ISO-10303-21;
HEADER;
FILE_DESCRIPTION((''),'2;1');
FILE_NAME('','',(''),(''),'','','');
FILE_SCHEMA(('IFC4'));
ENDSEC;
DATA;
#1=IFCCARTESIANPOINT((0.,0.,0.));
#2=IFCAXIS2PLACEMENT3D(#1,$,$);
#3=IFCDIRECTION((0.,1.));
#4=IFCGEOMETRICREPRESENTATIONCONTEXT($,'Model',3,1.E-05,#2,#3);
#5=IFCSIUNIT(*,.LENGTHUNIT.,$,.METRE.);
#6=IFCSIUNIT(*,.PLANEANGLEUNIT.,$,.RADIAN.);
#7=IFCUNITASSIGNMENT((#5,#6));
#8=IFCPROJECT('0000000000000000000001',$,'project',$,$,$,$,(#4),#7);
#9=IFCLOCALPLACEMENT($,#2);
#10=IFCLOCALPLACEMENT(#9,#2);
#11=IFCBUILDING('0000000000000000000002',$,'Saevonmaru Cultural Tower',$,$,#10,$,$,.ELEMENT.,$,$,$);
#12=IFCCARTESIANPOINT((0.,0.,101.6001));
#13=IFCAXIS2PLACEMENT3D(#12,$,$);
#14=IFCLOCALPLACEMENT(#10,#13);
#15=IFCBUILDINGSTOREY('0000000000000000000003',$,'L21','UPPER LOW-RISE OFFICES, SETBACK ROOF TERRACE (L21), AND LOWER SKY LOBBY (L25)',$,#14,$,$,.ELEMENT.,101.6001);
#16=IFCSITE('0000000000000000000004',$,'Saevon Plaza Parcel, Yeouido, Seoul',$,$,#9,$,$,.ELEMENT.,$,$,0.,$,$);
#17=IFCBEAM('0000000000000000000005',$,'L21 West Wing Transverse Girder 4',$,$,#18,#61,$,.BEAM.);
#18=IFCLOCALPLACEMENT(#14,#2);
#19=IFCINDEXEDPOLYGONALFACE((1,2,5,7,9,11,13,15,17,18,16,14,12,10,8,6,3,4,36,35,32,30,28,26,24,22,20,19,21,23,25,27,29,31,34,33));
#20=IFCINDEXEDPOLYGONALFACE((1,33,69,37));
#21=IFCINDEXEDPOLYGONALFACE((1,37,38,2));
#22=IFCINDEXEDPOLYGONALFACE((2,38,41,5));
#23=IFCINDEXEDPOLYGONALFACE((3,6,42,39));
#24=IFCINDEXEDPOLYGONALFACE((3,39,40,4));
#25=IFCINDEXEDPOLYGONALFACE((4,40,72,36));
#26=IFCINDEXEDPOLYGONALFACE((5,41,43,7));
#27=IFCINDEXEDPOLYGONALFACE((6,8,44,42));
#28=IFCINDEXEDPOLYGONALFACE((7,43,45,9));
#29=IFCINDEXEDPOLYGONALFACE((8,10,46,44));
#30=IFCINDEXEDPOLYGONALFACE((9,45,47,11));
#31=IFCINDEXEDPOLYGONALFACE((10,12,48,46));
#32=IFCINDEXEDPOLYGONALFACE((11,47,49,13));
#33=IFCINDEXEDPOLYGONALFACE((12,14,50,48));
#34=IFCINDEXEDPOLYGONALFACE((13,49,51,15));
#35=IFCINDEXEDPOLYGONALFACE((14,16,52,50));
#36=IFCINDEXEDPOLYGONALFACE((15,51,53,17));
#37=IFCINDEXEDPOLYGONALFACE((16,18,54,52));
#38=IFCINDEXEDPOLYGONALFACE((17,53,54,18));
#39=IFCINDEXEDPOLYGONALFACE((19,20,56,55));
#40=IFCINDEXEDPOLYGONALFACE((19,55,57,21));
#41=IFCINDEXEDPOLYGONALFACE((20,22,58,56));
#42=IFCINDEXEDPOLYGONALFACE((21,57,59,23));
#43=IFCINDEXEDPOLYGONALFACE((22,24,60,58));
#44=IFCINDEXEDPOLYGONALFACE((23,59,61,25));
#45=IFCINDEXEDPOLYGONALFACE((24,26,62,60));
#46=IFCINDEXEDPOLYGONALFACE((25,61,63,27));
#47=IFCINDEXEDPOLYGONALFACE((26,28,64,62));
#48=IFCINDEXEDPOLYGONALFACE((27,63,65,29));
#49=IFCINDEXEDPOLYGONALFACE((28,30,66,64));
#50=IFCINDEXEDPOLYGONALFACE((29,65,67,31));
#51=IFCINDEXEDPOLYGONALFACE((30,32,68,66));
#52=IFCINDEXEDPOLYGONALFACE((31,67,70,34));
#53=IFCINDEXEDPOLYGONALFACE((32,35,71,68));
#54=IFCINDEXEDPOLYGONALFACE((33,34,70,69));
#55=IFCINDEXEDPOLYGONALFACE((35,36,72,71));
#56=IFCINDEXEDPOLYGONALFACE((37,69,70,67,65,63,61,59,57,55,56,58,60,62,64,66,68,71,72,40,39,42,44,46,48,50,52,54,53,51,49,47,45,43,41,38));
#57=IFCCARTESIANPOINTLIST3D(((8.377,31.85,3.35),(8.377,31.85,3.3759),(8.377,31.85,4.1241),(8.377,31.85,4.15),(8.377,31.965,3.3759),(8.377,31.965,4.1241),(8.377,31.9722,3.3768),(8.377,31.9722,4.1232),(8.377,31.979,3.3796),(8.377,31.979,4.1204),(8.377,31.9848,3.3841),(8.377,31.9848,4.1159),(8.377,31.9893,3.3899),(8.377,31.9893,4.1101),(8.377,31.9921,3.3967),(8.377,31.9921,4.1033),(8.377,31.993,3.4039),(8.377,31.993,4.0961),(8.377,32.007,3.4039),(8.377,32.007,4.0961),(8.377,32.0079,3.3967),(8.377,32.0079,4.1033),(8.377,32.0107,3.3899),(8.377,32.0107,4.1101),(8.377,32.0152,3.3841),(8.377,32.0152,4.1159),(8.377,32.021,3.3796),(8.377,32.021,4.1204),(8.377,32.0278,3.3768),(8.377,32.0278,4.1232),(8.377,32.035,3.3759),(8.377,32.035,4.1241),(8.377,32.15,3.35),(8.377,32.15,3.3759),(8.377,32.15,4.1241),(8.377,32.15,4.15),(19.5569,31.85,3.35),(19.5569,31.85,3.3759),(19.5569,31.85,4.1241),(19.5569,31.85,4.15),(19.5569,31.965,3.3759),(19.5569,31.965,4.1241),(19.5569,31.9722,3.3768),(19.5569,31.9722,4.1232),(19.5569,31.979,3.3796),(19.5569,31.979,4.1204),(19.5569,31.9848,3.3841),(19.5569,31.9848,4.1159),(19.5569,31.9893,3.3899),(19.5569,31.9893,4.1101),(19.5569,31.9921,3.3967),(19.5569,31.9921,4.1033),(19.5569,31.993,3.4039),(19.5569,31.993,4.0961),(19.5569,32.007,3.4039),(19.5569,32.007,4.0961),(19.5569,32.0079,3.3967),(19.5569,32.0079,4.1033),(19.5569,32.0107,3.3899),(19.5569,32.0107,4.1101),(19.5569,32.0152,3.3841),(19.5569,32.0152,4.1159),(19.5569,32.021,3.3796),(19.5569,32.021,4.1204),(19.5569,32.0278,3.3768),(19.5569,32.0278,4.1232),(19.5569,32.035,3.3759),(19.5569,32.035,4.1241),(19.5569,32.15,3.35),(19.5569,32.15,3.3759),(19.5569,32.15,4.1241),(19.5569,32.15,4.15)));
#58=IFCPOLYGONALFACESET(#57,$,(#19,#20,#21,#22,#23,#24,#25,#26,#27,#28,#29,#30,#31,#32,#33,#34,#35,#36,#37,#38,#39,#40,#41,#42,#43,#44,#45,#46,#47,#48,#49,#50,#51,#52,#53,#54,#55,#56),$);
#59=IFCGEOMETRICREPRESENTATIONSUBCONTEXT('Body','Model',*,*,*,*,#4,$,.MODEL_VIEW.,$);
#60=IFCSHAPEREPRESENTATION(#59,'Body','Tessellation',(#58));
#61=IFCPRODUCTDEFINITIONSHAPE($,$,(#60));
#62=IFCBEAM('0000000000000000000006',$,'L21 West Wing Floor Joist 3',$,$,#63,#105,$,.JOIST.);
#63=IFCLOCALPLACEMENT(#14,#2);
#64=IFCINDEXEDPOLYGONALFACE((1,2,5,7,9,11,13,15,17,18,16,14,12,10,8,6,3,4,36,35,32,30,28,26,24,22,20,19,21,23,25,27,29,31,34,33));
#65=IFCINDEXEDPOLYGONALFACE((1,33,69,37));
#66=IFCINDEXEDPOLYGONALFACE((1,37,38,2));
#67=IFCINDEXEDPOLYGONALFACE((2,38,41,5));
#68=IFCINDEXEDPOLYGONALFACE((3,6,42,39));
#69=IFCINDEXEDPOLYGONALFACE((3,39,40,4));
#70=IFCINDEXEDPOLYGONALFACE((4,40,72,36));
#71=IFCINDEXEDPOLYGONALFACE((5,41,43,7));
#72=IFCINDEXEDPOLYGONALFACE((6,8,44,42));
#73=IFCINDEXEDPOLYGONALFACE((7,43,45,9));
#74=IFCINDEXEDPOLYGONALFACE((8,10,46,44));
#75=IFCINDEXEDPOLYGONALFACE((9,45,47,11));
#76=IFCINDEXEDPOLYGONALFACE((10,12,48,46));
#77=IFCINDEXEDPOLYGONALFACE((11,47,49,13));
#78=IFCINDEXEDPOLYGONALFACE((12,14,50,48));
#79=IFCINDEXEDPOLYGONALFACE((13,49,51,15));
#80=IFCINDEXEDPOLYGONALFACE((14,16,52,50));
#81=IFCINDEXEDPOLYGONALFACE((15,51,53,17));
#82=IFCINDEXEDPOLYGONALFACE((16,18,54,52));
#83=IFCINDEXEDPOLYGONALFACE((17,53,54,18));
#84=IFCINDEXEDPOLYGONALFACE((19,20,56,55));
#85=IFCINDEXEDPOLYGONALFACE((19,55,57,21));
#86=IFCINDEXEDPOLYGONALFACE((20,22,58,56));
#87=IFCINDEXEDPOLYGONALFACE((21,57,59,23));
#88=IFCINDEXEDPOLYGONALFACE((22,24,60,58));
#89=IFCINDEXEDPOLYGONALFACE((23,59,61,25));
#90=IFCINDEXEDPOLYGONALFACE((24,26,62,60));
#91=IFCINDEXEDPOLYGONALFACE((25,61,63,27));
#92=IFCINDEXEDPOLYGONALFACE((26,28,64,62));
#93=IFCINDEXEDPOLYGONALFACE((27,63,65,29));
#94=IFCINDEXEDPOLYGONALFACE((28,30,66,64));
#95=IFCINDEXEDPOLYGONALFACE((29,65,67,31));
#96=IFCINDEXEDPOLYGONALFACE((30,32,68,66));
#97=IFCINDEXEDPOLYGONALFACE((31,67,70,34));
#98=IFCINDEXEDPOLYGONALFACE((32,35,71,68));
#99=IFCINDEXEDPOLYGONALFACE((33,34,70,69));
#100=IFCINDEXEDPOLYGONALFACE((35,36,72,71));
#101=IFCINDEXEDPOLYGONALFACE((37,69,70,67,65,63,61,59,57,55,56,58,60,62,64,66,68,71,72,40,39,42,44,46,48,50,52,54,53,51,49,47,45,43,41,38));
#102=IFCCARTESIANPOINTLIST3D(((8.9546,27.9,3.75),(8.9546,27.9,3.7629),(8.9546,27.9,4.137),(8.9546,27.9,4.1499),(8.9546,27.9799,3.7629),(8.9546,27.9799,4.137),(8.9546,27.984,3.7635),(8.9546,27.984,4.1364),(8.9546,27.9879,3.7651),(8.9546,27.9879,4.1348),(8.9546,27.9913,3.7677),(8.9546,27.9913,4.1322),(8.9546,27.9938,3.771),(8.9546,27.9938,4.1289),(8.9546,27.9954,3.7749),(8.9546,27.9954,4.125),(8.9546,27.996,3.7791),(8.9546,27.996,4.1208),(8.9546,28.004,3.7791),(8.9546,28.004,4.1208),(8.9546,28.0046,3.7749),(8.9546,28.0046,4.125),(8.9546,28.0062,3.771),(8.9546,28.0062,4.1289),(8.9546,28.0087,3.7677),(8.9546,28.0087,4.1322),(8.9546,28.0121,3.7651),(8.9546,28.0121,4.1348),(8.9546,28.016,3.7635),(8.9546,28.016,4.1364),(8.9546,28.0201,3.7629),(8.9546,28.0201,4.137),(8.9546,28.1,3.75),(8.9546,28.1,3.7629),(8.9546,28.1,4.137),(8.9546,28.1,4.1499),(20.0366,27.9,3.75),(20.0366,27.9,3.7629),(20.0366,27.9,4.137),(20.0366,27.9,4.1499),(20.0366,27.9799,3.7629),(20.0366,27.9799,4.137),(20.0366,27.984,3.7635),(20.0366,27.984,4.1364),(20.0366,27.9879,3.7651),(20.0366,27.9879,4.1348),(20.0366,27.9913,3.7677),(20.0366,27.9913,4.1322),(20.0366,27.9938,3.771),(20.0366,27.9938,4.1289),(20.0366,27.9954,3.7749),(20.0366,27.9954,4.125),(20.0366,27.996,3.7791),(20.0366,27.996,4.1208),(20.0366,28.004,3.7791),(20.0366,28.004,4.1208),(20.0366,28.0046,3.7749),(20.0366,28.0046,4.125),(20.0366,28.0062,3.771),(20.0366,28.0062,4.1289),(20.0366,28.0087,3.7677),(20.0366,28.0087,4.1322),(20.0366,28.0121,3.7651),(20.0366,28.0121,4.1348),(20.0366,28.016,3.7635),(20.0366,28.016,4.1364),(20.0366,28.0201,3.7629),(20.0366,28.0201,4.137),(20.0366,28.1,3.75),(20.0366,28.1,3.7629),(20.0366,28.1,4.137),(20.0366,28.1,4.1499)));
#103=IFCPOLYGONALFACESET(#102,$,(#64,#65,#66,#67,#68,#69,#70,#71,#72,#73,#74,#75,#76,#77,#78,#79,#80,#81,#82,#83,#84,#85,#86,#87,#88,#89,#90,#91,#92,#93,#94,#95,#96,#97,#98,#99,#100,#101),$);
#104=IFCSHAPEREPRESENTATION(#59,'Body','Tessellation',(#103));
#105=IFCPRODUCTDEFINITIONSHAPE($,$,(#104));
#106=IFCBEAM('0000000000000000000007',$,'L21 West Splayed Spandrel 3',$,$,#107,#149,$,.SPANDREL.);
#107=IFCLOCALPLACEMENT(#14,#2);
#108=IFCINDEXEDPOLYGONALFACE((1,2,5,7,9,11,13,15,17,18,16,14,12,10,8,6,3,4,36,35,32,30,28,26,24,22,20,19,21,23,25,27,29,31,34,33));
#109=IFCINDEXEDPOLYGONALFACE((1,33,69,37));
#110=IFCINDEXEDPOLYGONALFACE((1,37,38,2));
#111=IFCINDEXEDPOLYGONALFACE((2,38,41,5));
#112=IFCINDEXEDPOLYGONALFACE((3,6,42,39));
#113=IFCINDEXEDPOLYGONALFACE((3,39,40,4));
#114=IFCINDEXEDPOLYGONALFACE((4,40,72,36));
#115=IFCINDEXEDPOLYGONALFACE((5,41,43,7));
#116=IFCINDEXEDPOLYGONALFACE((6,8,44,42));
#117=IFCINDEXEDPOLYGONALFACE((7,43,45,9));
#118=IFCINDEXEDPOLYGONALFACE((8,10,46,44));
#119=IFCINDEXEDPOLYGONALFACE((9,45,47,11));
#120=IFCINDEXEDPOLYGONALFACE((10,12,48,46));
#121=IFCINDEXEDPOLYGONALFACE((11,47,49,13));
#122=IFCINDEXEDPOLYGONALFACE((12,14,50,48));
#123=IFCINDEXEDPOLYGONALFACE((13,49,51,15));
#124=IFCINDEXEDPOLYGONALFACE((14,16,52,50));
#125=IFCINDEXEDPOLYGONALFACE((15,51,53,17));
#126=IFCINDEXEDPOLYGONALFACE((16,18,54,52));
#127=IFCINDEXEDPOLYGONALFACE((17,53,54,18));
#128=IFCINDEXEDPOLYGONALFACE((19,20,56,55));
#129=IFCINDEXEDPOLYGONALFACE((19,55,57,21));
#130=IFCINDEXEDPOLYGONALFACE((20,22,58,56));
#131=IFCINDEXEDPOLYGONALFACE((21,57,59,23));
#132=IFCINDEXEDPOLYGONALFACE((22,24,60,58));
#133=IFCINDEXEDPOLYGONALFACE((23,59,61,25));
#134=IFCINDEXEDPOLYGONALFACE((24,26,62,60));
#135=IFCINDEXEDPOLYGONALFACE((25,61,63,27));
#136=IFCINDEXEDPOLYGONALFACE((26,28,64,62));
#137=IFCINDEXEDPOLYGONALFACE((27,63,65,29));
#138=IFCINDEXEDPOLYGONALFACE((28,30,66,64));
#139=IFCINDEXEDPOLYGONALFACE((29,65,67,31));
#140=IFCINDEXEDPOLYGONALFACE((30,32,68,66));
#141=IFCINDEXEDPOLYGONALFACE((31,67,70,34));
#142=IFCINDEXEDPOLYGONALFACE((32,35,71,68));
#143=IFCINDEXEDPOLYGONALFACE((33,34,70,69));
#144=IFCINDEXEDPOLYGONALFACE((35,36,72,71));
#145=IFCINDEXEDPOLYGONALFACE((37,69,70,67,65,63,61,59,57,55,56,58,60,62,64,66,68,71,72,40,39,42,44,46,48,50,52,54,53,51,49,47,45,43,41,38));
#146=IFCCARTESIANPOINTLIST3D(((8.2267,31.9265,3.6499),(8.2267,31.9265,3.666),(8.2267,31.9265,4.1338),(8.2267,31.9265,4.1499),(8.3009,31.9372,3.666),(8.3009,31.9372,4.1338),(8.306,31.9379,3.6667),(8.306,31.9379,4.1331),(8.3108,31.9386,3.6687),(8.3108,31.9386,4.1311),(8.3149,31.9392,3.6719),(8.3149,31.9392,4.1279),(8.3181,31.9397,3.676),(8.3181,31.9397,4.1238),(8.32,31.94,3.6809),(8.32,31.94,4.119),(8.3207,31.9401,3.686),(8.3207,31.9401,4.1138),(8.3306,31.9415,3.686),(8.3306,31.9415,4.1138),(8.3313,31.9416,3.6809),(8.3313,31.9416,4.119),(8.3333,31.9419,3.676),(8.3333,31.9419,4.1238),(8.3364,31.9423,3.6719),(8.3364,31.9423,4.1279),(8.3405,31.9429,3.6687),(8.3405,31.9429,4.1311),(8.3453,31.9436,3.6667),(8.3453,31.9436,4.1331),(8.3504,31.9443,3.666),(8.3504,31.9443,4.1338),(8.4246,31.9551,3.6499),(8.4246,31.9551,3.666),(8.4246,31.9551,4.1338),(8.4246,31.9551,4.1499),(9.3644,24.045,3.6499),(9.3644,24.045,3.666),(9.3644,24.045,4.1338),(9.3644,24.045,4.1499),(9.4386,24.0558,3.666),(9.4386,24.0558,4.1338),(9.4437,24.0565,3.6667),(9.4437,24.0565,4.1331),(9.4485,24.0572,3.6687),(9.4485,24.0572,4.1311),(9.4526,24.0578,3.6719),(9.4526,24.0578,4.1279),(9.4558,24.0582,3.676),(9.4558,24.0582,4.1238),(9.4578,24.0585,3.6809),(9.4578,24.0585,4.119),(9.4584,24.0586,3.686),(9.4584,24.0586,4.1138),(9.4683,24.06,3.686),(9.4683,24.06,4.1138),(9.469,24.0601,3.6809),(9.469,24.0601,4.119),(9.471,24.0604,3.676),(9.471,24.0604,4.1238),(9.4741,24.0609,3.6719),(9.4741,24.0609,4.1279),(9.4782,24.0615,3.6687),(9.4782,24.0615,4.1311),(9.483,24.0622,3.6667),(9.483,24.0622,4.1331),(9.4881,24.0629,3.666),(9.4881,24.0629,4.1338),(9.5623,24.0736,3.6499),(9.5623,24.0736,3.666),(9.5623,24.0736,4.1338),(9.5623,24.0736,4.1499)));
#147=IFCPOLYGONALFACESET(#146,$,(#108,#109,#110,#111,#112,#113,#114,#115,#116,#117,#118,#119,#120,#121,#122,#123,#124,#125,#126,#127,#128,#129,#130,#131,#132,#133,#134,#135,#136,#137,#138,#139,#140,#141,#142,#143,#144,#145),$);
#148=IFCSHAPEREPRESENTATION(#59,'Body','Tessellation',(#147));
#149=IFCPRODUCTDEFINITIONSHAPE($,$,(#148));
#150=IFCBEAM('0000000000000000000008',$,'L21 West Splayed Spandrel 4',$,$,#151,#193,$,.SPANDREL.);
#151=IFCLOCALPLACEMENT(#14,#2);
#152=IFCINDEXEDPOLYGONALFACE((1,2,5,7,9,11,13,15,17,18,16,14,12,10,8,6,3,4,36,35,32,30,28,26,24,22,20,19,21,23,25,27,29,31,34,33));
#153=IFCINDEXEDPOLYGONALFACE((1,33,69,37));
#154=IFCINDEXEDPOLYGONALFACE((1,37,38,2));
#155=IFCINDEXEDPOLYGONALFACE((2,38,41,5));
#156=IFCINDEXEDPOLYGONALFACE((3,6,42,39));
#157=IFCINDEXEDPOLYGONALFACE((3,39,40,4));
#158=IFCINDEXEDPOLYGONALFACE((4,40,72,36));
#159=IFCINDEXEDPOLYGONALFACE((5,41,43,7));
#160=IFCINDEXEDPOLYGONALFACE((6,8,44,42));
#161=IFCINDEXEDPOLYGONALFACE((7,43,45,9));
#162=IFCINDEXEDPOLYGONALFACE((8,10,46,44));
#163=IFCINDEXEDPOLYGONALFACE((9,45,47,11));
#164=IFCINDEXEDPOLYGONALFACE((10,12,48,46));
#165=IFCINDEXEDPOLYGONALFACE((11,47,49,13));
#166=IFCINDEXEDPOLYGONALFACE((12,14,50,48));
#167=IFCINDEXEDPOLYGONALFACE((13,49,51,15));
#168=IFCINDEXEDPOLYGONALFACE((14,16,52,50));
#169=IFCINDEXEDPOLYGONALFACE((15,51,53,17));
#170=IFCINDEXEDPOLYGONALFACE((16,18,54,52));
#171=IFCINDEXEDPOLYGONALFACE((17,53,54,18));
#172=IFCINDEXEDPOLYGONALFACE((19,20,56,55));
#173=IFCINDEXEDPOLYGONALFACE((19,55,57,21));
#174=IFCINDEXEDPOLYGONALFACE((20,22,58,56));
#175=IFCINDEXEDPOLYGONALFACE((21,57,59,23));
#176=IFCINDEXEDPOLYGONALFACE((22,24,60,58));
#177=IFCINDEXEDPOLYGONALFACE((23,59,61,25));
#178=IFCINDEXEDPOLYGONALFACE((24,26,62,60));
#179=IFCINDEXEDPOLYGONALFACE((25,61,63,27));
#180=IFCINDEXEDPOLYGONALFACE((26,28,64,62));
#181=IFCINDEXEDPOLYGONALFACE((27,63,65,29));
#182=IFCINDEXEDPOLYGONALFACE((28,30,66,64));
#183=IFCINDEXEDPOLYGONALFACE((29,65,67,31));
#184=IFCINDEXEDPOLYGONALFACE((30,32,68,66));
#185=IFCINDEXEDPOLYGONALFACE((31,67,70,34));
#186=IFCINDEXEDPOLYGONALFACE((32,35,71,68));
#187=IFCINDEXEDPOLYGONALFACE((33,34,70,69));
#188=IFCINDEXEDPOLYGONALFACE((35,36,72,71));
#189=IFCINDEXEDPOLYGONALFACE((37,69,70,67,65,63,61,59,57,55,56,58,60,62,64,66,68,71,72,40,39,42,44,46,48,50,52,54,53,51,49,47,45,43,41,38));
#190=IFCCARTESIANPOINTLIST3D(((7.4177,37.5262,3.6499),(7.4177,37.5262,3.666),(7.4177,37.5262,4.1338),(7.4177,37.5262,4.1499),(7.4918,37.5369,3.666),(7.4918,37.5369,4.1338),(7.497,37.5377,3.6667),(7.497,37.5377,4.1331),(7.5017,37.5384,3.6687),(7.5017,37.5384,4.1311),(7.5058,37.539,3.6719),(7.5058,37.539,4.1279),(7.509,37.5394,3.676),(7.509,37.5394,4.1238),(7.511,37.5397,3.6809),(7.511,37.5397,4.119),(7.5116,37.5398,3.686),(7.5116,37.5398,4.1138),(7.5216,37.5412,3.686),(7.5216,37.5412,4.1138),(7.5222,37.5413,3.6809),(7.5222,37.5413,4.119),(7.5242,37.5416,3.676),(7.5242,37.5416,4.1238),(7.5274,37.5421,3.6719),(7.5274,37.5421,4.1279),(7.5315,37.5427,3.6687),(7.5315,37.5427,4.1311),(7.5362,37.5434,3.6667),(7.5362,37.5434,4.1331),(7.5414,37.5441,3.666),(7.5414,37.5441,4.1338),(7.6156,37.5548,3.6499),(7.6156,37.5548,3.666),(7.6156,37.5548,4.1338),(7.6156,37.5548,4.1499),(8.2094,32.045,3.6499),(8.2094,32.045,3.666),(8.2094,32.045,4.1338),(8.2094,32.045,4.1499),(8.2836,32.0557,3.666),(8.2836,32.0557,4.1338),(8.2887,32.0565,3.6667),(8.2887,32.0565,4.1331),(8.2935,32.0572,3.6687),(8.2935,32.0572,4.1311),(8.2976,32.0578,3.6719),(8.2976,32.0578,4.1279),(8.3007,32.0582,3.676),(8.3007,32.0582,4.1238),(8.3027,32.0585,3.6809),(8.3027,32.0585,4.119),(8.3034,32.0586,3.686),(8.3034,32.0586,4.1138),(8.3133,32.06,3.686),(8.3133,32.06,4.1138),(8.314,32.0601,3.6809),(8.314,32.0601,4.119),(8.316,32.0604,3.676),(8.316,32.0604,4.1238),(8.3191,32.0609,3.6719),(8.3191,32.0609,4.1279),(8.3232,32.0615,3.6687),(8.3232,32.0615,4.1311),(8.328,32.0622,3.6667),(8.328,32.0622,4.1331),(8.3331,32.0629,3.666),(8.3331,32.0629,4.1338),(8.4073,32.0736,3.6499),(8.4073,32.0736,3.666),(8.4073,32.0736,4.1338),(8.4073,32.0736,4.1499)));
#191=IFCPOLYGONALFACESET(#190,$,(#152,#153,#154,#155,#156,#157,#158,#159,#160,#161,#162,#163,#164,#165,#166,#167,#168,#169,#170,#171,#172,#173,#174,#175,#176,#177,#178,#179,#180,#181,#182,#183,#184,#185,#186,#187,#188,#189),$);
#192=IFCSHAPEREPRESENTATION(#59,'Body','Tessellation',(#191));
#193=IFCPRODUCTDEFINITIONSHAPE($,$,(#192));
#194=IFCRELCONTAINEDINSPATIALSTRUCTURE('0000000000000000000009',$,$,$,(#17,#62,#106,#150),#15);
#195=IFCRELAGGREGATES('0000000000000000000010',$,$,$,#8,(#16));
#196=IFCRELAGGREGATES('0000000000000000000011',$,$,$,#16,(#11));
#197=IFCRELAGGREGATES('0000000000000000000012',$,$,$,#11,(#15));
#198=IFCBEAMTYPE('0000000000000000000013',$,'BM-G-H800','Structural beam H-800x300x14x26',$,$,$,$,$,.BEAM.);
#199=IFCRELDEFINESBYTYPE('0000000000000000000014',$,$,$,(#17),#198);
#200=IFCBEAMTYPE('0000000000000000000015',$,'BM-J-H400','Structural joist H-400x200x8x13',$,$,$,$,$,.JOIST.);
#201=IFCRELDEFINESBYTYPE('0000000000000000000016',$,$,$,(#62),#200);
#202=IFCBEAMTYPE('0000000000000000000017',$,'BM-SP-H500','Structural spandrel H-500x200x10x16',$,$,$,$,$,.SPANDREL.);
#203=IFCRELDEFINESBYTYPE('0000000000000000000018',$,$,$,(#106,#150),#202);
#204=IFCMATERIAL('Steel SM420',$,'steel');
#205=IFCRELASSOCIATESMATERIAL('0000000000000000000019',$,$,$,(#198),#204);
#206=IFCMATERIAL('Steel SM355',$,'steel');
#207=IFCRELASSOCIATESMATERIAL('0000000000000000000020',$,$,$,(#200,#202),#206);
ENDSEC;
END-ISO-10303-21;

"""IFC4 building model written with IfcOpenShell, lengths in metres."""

from ifc_helpers import new_model, si_unit, direction, frame, origin, origin_2d, place, context, subcontext, project, spatial, i_section, extrude, material, material_profile, profile_set, type_object, element, save


model = new_model("IFC4")

# Units and contexts
model_context = context("Model", 3, precision=1e-05, world=origin(), true_north=direction((0.0, 1.0)))
body_context = subcontext(model_context, "Body", "Model", "MODEL_VIEW")
ifc_project = project(units=[si_unit("LENGTHUNIT", "METRE"), si_unit("PLANEANGLEUNIT", "RADIAN")], contexts=[model_context])

# Site, building, storey
site_placement = place(None, origin())
site = spatial("IfcSite", under=ifc_project, at=site_placement, Name="Saevon Plaza Parcel, Yeouido, Seoul", CompositionType="ELEMENT", RefElevation=0.0)
building_placement = place(site_placement, origin())
building = spatial("IfcBuilding", under=site, at=building_placement, Name="Saevonmaru Cultural Tower", CompositionType="ELEMENT")
storey_placement = place(building_placement, frame((0.0, 0.0, 101.6001)))
storey = spatial("IfcBuildingStorey", under=building, at=storey_placement, Name="L21", Description="UPPER LOW-RISE OFFICES, SETBACK ROOF TERRACE (L21), AND LOWER SKY LOBBY (L25)", CompositionType="ELEMENT", Elevation=101.6001)

# Shared definitions
ifc_material_1 = material(Name="Steel SM420", Category="steel")
ifc_material_2 = material(Name="Steel SM355", Category="steel")

# Beams
ifc_material_profile_1 = material_profile(ifc_material_1, i_section(OverallWidth=0.3, OverallDepth=0.8, WebThickness=0.0139, FlangeThickness=0.0259, FilletRadius=0.0281, at=origin_2d()), Name="H-800x300x14x26")
ifc_profile_set_1 = profile_set([ifc_material_profile_1], Name="Steel SM420")
beam_type_1 = type_object("IfcBeamType", Name="BM-G-H800", Description="Structural beam H-800x300x14x26", PredefinedType="BEAM", material=ifc_profile_set_1)
for number, where, z_axis, x_axis, name in (
    (1, (8.377, 32.0, 3.75), (1.0, 0.0, 0.0), (0.0, 1.0, 0.0), "L21 West Wing Transverse Girder 4"),
):
    element("IfcBeam", number, at=place(storey_placement, frame(where, z_axis=z_axis, x_axis=x_axis)), inside=storey, type_object=beam_type_1, Name=name, PredefinedType="BEAM", context=body_context, shape_type="SweptSolid", body=[
        extrude(i_section(OverallWidth=0.3, OverallDepth=0.8, WebThickness=0.0139, FlangeThickness=0.0259, FilletRadius=0.0281, at=origin_2d()), origin(), (0.0, 0.0, 1.0), 11.1799),
    ])
ifc_material_profile_2 = material_profile(ifc_material_2, i_section(OverallWidth=0.2, OverallDepth=0.3999, WebThickness=0.0081, FlangeThickness=0.0129, FilletRadius=0.0161, at=origin_2d()), Name="H-400x200x8x13")
ifc_profile_set_2 = profile_set([ifc_material_profile_2], Name="Steel SM355")
beam_type_2 = type_object("IfcBeamType", Name="BM-J-H400", Description="Structural joist H-400x200x8x13", PredefinedType="JOIST", material=ifc_profile_set_2)
beam_1_placement = place(storey_placement, frame((8.9546, 28.0, 3.95), z_axis=(1.0, 0.0, 0.0), x_axis=(0.0, 1.0, 0.0)))
element("IfcBeam", 2, at=beam_1_placement, inside=storey, type_object=beam_type_2, Name="L21 West Wing Floor Joist 3", PredefinedType="JOIST", context=body_context, shape_type="SweptSolid", body=[
    extrude(i_section(OverallWidth=0.2, OverallDepth=0.3999, WebThickness=0.0081, FlangeThickness=0.0129, FilletRadius=0.0161, at=origin_2d()), origin(), (0.0, 0.0, 1.0), 11.082),
])
ifc_material_profile_3 = material_profile(ifc_material_2, i_section(OverallWidth=0.2, OverallDepth=0.5, WebThickness=0.01, FlangeThickness=0.0161, FilletRadius=0.02, at=origin_2d()), Name="H-500x200x10x16")
ifc_profile_set_3 = profile_set([ifc_material_profile_3], Name="Steel SM355")
beam_type_3 = type_object("IfcBeamType", Name="BM-SP-H500", Description="Structural spandrel H-500x200x10x16", PredefinedType="SPANDREL", material=ifc_profile_set_3)
beam_2_placement = place(storey_placement, frame((9.4634, 24.0593, 3.8999), z_axis=(-0.142872, 0.989741, 0.0), x_axis=(-0.989741, -0.142872, 0.0)))
element("IfcBeam", 3, at=beam_2_placement, inside=storey, type_object=beam_type_3, Name="L21 West Splayed Spandrel 3", PredefinedType="SPANDREL", context=body_context, shape_type="SweptSolid", body=[
    extrude(i_section(OverallWidth=0.2, OverallDepth=0.5, WebThickness=0.01, FlangeThickness=0.0161, FilletRadius=0.02, at=origin_2d()), origin(), (0.0, 0.0, 1.0), 7.9631),
])
beam_3_placement = place(storey_placement, frame((8.3083, 32.0593, 3.8999), z_axis=(-0.142964, 0.989728, 0.0), x_axis=(-0.989728, -0.142964, 0.0)))
element("IfcBeam", 4, at=beam_3_placement, inside=storey, type_object=beam_type_3, Name="L21 West Splayed Spandrel 4", PredefinedType="SPANDREL", context=body_context, shape_type="SweptSolid", body=[
    extrude(i_section(OverallWidth=0.2, OverallDepth=0.5, WebThickness=0.01, FlangeThickness=0.0161, FilletRadius=0.02, at=origin_2d()), origin(), (0.0, 0.0, 1.0), 5.5381),
])

save(model, "model.ifc")
